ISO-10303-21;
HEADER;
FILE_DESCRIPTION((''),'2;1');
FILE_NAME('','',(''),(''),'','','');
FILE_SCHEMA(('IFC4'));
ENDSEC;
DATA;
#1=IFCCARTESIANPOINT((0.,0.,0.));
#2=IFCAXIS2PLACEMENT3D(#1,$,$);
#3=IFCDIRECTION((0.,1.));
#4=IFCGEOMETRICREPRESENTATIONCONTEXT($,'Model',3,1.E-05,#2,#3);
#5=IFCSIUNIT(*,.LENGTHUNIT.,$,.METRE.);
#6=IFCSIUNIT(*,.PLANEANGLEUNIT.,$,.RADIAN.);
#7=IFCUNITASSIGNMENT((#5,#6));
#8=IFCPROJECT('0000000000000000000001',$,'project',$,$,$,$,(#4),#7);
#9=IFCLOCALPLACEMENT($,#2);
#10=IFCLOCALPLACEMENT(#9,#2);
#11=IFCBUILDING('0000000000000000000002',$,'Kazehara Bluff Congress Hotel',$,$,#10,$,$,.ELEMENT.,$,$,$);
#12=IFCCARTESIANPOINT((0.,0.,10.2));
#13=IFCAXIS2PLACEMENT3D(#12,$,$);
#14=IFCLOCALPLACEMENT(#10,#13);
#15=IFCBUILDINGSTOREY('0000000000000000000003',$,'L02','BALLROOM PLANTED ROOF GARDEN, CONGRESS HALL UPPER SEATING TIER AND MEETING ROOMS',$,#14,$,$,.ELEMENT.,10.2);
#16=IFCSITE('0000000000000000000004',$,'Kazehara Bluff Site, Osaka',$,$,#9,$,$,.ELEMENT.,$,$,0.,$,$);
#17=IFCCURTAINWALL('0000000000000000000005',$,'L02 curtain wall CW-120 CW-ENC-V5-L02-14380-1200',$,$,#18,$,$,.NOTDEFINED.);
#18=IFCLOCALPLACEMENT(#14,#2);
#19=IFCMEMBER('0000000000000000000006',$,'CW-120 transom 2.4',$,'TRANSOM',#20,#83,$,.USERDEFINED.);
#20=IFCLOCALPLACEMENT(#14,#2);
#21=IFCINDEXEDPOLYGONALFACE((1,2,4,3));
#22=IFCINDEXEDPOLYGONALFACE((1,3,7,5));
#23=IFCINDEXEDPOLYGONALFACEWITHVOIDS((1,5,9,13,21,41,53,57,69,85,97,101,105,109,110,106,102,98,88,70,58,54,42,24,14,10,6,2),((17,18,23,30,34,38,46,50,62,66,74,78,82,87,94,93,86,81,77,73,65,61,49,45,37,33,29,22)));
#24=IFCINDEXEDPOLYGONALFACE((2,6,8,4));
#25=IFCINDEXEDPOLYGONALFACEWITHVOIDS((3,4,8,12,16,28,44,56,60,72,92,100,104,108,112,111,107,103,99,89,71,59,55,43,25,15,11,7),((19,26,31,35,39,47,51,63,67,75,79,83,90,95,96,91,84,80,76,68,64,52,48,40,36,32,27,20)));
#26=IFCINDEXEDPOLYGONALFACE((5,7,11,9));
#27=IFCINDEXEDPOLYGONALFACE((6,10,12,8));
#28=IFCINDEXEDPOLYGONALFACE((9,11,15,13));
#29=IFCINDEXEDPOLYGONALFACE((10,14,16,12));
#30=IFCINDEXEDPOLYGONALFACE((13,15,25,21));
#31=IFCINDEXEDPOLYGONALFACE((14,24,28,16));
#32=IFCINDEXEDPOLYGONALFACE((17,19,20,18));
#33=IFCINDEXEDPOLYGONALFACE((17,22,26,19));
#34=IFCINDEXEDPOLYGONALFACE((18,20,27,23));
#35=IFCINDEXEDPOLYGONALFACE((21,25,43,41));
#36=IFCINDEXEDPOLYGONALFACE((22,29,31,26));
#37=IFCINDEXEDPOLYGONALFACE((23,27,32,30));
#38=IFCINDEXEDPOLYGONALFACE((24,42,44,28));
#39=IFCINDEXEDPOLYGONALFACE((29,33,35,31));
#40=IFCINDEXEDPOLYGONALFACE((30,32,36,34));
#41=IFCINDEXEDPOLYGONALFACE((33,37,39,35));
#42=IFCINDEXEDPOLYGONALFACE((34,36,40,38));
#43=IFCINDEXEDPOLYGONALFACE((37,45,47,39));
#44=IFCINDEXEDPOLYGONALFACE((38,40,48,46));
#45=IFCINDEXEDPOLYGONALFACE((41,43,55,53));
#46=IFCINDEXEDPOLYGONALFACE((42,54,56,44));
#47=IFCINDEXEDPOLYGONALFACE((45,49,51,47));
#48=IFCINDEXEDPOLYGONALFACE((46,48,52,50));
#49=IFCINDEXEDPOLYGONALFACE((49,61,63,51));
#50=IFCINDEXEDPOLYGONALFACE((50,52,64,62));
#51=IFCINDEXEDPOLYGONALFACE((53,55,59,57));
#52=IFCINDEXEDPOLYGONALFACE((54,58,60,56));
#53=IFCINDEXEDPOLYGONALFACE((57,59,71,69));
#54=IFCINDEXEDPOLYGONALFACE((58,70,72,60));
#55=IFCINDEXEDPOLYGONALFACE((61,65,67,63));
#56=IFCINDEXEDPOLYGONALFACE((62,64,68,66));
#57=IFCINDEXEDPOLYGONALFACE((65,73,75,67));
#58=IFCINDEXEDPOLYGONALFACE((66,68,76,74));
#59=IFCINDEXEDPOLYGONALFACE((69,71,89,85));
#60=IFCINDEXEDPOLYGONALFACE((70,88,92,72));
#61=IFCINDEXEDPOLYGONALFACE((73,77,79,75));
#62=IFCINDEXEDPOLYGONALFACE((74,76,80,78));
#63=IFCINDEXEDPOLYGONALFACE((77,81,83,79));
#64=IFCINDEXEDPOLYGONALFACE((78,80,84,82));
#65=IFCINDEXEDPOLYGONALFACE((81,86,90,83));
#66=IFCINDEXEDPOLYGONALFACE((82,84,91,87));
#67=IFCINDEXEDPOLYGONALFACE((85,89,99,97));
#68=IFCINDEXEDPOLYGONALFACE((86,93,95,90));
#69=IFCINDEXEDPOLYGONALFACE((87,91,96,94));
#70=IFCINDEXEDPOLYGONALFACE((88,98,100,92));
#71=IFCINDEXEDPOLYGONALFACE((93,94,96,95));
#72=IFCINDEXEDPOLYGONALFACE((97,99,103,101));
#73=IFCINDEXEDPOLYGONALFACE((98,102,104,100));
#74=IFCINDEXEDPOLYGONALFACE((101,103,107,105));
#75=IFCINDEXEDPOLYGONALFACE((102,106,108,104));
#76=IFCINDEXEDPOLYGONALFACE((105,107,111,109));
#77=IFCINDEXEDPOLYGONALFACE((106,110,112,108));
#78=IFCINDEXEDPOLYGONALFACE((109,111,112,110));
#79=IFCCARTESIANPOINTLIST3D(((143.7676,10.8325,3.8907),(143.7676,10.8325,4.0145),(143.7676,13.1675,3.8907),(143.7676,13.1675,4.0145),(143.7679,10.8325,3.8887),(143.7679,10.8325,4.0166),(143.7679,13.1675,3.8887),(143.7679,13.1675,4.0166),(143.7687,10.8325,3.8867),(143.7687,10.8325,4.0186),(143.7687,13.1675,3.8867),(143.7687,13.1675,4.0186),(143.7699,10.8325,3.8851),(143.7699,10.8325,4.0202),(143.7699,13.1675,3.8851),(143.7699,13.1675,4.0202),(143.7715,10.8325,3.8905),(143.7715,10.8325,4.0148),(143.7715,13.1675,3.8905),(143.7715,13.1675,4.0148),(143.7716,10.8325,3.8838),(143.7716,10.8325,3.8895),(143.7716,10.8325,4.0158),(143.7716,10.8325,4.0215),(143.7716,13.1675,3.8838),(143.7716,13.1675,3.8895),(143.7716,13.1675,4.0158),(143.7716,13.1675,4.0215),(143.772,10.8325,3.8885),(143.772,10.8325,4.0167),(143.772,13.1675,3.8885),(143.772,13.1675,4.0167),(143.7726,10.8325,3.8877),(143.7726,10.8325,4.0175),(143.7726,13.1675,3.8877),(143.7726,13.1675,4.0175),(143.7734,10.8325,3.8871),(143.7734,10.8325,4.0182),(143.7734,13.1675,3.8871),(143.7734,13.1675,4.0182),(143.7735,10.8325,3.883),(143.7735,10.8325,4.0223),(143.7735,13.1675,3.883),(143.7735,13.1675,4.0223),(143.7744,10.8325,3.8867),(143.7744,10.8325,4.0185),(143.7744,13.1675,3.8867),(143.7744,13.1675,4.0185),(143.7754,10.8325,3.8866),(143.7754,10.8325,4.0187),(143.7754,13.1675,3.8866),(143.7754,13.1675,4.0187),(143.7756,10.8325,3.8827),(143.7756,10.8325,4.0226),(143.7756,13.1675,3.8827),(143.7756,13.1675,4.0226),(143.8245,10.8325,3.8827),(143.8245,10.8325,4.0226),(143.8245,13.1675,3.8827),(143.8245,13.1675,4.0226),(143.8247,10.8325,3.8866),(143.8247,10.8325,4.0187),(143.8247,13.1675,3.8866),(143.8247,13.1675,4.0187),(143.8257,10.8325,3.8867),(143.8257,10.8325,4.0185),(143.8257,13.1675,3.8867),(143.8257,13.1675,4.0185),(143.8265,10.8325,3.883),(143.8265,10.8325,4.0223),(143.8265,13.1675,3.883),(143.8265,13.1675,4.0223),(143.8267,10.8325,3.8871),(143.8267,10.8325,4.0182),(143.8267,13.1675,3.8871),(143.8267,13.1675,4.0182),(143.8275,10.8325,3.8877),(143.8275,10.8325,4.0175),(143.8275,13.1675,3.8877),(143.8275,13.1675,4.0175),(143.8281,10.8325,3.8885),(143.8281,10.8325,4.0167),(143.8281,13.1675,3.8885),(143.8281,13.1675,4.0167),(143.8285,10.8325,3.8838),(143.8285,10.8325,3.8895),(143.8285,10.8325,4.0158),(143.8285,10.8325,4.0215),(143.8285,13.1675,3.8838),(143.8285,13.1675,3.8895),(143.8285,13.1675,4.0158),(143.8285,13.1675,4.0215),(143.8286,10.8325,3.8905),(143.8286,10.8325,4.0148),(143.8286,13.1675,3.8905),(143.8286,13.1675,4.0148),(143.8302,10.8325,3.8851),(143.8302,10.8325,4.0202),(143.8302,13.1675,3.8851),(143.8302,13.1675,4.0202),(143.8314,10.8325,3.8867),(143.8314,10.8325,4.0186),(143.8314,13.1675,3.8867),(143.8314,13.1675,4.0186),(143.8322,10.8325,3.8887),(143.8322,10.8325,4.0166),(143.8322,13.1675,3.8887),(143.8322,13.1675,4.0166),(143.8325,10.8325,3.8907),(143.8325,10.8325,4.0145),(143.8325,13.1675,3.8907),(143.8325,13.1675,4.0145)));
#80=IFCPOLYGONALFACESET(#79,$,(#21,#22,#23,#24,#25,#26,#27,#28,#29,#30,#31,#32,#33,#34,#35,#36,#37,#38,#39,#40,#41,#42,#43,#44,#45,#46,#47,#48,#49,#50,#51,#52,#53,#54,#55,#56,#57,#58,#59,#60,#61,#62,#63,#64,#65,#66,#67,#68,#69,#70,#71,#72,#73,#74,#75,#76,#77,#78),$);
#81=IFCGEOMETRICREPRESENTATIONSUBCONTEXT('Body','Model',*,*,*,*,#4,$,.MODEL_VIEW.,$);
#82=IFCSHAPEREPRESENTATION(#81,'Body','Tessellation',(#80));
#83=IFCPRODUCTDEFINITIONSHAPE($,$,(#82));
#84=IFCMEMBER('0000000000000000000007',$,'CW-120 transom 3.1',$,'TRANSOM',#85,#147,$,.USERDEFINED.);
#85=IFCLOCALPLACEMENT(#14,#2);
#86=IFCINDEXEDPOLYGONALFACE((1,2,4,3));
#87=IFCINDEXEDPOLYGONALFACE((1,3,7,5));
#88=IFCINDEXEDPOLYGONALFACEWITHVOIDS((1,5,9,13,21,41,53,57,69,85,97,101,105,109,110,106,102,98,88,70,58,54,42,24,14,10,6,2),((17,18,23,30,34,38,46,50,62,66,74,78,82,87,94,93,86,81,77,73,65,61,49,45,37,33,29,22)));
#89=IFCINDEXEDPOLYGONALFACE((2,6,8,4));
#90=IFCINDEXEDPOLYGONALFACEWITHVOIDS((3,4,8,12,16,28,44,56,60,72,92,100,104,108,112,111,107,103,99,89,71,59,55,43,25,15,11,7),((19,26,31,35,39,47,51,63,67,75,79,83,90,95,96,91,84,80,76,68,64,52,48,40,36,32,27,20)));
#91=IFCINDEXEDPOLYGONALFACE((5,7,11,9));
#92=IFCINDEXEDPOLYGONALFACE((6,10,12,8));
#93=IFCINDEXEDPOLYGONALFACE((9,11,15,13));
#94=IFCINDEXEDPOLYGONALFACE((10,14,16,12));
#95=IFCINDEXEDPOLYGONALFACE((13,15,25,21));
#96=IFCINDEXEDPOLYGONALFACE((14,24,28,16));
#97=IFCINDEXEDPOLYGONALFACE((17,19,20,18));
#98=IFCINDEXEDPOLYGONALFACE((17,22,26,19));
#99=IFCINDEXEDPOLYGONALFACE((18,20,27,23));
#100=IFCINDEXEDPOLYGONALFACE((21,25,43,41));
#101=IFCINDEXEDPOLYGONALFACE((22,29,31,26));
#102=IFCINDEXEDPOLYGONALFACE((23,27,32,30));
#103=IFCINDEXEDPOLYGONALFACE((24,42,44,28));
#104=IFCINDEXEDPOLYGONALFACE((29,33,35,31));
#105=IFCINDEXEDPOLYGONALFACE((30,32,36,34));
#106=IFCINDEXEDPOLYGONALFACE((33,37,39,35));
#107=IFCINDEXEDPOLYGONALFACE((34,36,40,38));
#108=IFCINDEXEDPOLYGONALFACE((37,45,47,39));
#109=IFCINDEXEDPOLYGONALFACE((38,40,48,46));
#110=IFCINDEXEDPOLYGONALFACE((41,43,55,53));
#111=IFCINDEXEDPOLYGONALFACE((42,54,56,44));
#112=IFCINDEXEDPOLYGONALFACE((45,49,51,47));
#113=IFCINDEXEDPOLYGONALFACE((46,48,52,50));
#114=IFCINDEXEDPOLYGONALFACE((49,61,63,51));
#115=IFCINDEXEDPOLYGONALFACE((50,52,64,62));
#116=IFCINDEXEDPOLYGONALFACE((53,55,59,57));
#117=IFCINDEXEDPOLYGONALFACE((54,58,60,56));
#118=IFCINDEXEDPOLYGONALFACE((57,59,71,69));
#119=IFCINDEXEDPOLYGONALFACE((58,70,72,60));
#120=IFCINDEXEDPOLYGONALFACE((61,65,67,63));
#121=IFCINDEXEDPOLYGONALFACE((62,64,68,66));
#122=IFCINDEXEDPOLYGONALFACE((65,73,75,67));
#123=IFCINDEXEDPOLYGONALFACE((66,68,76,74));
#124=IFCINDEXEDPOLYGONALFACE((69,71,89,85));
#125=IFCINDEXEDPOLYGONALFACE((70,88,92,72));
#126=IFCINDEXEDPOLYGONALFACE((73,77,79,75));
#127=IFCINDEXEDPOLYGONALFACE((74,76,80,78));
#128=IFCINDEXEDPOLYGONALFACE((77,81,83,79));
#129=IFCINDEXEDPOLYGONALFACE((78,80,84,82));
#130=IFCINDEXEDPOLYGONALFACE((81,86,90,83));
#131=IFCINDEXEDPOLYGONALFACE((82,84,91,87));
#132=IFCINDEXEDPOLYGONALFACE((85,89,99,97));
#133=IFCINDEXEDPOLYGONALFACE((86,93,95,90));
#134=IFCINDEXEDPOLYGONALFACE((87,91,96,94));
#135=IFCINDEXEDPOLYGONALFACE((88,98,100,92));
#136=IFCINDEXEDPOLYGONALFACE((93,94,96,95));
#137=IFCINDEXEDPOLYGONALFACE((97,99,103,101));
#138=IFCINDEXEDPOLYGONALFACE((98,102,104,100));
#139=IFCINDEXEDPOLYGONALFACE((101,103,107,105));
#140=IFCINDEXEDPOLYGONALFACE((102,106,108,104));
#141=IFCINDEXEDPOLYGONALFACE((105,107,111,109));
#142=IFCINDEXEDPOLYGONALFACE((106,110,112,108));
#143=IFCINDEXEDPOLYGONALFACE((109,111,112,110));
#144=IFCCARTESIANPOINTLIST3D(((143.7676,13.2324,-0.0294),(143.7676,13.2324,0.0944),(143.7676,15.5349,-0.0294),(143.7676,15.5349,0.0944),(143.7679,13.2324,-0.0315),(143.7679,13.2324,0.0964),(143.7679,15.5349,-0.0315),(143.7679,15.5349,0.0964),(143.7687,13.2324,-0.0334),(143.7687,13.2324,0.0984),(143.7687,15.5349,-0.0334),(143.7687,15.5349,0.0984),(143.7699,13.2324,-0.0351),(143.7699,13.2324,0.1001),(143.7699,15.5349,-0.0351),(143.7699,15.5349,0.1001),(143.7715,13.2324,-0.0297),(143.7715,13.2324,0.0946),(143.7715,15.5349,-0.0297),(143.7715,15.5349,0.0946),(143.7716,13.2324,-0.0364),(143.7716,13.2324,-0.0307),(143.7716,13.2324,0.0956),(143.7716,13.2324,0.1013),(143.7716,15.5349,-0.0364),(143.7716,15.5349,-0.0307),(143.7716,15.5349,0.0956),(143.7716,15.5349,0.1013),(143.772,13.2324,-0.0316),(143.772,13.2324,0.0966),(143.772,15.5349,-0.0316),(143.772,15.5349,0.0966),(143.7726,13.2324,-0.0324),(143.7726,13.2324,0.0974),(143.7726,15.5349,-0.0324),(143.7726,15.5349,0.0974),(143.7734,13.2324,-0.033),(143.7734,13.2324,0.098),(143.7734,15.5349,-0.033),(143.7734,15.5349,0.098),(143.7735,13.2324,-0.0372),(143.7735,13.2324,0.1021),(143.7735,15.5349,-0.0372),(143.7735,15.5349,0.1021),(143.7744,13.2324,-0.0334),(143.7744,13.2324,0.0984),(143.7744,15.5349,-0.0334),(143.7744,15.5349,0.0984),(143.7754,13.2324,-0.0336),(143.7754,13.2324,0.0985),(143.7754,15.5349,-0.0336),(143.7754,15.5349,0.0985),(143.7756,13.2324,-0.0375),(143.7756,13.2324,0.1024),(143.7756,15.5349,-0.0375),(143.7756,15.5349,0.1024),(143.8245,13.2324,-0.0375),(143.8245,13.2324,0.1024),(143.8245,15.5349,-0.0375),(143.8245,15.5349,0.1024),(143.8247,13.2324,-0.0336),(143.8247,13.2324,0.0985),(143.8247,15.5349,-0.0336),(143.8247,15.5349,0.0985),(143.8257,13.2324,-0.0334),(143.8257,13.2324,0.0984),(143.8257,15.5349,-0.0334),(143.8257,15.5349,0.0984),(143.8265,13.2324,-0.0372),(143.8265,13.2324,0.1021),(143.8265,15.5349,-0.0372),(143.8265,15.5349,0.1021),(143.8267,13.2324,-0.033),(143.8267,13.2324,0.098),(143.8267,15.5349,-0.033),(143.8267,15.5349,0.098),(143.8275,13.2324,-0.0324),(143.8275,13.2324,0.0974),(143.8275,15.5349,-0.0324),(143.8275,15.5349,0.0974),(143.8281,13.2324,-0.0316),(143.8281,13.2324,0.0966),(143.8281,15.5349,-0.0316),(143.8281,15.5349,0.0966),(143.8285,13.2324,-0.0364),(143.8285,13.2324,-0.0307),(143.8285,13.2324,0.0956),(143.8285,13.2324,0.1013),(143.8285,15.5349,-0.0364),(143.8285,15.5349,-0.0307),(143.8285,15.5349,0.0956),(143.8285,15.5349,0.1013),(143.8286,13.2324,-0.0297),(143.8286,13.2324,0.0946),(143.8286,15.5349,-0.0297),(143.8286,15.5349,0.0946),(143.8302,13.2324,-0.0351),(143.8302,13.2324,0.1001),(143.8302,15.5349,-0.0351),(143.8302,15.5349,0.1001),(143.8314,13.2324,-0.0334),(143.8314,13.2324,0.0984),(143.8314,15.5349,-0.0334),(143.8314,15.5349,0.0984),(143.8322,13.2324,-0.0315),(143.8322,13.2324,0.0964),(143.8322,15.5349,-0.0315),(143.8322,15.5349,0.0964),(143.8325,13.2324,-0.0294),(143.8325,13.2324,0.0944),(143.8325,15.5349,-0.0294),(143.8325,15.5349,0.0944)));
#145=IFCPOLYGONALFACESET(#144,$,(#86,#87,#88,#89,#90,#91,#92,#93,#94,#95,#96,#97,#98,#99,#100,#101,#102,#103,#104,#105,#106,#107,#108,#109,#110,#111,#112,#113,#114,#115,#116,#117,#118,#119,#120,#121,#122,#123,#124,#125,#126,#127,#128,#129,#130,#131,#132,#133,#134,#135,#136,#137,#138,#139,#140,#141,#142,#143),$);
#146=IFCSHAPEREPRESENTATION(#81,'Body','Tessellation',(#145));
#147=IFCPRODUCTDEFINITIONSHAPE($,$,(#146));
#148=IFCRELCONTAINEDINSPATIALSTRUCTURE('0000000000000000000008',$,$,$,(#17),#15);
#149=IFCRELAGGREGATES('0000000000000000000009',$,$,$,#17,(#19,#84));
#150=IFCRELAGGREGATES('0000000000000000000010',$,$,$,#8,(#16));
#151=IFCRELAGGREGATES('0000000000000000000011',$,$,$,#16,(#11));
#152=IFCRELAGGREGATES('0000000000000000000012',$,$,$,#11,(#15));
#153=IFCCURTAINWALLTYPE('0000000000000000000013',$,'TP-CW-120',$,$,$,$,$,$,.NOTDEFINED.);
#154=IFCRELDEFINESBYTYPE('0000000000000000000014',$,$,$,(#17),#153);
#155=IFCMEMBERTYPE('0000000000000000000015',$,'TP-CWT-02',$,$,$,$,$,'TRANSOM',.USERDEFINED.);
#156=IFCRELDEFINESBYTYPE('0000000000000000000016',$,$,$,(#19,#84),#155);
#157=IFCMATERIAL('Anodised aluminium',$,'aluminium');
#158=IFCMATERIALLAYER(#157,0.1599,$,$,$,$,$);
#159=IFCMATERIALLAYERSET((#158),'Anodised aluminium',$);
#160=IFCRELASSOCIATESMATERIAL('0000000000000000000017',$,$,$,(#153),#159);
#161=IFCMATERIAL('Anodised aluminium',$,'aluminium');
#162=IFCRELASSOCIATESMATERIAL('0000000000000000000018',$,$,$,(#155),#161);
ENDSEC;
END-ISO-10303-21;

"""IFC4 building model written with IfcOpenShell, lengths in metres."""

from ifc_helpers import new_model, si_unit, direction, frame, origin, origin_2d, place, context, subcontext, project, spatial, hollow_rectangle, extrude, material, layer, layer_set, material_profile, profile_set, type_object, element, aggregate, save


model = new_model("IFC4")

# Units and contexts
model_context = context("Model", 3, precision=1e-05, world=origin(), true_north=direction((0.0, 1.0)))
body_context = subcontext(model_context, "Body", "Model", "MODEL_VIEW")
ifc_project = project(units=[si_unit("LENGTHUNIT", "METRE"), si_unit("PLANEANGLEUNIT", "RADIAN")], contexts=[model_context])

# Site, building, storey
site_placement = place(None, origin())
site = spatial("IfcSite", under=ifc_project, at=site_placement, Name="Kazehara Bluff Site, Osaka", CompositionType="ELEMENT", RefElevation=0.0)
building_placement = place(site_placement, origin())
building = spatial("IfcBuilding", under=site, at=building_placement, Name="Kazehara Bluff Congress Hotel", CompositionType="ELEMENT")
storey_placement = place(building_placement, frame((0.0, 0.0, 10.2)))
storey = spatial("IfcBuildingStorey", under=building, at=storey_placement, Name="L02", Description="BALLROOM PLANTED ROOF GARDEN, CONGRESS HALL UPPER SEATING TIER AND MEETING ROOMS", CompositionType="ELEMENT", Elevation=10.2)

# Curtain wall
ifc_material_1 = material(Name="Anodised aluminium", Category="aluminium")
ifc_layer_1 = layer(ifc_material_1, 0.1599)
ifc_layer_set_1 = layer_set([ifc_layer_1], Name="Anodised aluminium")
curtain_wall_type_1 = type_object("IfcCurtainWallType", Name="TP-CW-120", PredefinedType="NOTDEFINED", material=ifc_layer_set_1)
curtain_wall_1_placement = place(storey_placement, origin())
curtain_wall_1 = element("IfcCurtainWall", 1, at=curtain_wall_1_placement, inside=storey, type_object=curtain_wall_type_1, Name="L02 curtain wall CW-120 CW-ENC-V5-L02-14380-1200", PredefinedType="NOTDEFINED")

# Shared definitions
ifc_material_2 = material(Name="Anodised aluminium", Category="aluminium")
ifc_material_profile_1 = material_profile(ifc_material_2, hollow_rectangle(XDim=0.0649, YDim=0.1399, WallThickness=0.0039, InnerFilletRadius=0.0039, OuterFilletRadius=0.0081, at=origin_2d()))
ifc_profile_set_1 = profile_set([ifc_material_profile_1], Name="Anodised aluminium")
member_type_1 = type_object("IfcMemberType", Name="TP-CWT-02", ElementType="TRANSOM", PredefinedType="USERDEFINED", material=ifc_profile_set_1)

# Members
member_1_placement = place(storey_placement, frame((143.8, 10.8325, 3.9526), z_axis=(0.0, 1.0, 0.0), x_axis=(-1.0, 0.0, 0.0)))
member_1 = element("IfcMember", 2, at=member_1_placement, type_object=member_type_1, Name="CW-120 transom 2.4", ObjectType="TRANSOM", PredefinedType="USERDEFINED", context=body_context, shape_type="SweptSolid", body=[
    extrude(hollow_rectangle(XDim=0.0649, YDim=0.1399, WallThickness=0.0039, InnerFilletRadius=0.0039, OuterFilletRadius=0.0081, at=origin_2d()), origin(), (0.0, 0.0, 1.0), 2.335),
])
member_2_placement = place(storey_placement, frame((143.8, 13.2324, 0.0325), z_axis=(0.0, 1.0, 0.0), x_axis=(-1.0, 0.0, 0.0)))
member_2 = element("IfcMember", 3, at=member_2_placement, type_object=member_type_1, Name="CW-120 transom 3.1", ObjectType="TRANSOM", PredefinedType="USERDEFINED", context=body_context, shape_type="SweptSolid", body=[
    extrude(hollow_rectangle(XDim=0.0649, YDim=0.1399, WallThickness=0.0039, InnerFilletRadius=0.0039, OuterFilletRadius=0.0081, at=origin_2d()), origin(), (0.0, 0.0, 1.0), 2.3025),
])

aggregate(curtain_wall_1, [member_1, member_2])

save(model, "model.ifc")
